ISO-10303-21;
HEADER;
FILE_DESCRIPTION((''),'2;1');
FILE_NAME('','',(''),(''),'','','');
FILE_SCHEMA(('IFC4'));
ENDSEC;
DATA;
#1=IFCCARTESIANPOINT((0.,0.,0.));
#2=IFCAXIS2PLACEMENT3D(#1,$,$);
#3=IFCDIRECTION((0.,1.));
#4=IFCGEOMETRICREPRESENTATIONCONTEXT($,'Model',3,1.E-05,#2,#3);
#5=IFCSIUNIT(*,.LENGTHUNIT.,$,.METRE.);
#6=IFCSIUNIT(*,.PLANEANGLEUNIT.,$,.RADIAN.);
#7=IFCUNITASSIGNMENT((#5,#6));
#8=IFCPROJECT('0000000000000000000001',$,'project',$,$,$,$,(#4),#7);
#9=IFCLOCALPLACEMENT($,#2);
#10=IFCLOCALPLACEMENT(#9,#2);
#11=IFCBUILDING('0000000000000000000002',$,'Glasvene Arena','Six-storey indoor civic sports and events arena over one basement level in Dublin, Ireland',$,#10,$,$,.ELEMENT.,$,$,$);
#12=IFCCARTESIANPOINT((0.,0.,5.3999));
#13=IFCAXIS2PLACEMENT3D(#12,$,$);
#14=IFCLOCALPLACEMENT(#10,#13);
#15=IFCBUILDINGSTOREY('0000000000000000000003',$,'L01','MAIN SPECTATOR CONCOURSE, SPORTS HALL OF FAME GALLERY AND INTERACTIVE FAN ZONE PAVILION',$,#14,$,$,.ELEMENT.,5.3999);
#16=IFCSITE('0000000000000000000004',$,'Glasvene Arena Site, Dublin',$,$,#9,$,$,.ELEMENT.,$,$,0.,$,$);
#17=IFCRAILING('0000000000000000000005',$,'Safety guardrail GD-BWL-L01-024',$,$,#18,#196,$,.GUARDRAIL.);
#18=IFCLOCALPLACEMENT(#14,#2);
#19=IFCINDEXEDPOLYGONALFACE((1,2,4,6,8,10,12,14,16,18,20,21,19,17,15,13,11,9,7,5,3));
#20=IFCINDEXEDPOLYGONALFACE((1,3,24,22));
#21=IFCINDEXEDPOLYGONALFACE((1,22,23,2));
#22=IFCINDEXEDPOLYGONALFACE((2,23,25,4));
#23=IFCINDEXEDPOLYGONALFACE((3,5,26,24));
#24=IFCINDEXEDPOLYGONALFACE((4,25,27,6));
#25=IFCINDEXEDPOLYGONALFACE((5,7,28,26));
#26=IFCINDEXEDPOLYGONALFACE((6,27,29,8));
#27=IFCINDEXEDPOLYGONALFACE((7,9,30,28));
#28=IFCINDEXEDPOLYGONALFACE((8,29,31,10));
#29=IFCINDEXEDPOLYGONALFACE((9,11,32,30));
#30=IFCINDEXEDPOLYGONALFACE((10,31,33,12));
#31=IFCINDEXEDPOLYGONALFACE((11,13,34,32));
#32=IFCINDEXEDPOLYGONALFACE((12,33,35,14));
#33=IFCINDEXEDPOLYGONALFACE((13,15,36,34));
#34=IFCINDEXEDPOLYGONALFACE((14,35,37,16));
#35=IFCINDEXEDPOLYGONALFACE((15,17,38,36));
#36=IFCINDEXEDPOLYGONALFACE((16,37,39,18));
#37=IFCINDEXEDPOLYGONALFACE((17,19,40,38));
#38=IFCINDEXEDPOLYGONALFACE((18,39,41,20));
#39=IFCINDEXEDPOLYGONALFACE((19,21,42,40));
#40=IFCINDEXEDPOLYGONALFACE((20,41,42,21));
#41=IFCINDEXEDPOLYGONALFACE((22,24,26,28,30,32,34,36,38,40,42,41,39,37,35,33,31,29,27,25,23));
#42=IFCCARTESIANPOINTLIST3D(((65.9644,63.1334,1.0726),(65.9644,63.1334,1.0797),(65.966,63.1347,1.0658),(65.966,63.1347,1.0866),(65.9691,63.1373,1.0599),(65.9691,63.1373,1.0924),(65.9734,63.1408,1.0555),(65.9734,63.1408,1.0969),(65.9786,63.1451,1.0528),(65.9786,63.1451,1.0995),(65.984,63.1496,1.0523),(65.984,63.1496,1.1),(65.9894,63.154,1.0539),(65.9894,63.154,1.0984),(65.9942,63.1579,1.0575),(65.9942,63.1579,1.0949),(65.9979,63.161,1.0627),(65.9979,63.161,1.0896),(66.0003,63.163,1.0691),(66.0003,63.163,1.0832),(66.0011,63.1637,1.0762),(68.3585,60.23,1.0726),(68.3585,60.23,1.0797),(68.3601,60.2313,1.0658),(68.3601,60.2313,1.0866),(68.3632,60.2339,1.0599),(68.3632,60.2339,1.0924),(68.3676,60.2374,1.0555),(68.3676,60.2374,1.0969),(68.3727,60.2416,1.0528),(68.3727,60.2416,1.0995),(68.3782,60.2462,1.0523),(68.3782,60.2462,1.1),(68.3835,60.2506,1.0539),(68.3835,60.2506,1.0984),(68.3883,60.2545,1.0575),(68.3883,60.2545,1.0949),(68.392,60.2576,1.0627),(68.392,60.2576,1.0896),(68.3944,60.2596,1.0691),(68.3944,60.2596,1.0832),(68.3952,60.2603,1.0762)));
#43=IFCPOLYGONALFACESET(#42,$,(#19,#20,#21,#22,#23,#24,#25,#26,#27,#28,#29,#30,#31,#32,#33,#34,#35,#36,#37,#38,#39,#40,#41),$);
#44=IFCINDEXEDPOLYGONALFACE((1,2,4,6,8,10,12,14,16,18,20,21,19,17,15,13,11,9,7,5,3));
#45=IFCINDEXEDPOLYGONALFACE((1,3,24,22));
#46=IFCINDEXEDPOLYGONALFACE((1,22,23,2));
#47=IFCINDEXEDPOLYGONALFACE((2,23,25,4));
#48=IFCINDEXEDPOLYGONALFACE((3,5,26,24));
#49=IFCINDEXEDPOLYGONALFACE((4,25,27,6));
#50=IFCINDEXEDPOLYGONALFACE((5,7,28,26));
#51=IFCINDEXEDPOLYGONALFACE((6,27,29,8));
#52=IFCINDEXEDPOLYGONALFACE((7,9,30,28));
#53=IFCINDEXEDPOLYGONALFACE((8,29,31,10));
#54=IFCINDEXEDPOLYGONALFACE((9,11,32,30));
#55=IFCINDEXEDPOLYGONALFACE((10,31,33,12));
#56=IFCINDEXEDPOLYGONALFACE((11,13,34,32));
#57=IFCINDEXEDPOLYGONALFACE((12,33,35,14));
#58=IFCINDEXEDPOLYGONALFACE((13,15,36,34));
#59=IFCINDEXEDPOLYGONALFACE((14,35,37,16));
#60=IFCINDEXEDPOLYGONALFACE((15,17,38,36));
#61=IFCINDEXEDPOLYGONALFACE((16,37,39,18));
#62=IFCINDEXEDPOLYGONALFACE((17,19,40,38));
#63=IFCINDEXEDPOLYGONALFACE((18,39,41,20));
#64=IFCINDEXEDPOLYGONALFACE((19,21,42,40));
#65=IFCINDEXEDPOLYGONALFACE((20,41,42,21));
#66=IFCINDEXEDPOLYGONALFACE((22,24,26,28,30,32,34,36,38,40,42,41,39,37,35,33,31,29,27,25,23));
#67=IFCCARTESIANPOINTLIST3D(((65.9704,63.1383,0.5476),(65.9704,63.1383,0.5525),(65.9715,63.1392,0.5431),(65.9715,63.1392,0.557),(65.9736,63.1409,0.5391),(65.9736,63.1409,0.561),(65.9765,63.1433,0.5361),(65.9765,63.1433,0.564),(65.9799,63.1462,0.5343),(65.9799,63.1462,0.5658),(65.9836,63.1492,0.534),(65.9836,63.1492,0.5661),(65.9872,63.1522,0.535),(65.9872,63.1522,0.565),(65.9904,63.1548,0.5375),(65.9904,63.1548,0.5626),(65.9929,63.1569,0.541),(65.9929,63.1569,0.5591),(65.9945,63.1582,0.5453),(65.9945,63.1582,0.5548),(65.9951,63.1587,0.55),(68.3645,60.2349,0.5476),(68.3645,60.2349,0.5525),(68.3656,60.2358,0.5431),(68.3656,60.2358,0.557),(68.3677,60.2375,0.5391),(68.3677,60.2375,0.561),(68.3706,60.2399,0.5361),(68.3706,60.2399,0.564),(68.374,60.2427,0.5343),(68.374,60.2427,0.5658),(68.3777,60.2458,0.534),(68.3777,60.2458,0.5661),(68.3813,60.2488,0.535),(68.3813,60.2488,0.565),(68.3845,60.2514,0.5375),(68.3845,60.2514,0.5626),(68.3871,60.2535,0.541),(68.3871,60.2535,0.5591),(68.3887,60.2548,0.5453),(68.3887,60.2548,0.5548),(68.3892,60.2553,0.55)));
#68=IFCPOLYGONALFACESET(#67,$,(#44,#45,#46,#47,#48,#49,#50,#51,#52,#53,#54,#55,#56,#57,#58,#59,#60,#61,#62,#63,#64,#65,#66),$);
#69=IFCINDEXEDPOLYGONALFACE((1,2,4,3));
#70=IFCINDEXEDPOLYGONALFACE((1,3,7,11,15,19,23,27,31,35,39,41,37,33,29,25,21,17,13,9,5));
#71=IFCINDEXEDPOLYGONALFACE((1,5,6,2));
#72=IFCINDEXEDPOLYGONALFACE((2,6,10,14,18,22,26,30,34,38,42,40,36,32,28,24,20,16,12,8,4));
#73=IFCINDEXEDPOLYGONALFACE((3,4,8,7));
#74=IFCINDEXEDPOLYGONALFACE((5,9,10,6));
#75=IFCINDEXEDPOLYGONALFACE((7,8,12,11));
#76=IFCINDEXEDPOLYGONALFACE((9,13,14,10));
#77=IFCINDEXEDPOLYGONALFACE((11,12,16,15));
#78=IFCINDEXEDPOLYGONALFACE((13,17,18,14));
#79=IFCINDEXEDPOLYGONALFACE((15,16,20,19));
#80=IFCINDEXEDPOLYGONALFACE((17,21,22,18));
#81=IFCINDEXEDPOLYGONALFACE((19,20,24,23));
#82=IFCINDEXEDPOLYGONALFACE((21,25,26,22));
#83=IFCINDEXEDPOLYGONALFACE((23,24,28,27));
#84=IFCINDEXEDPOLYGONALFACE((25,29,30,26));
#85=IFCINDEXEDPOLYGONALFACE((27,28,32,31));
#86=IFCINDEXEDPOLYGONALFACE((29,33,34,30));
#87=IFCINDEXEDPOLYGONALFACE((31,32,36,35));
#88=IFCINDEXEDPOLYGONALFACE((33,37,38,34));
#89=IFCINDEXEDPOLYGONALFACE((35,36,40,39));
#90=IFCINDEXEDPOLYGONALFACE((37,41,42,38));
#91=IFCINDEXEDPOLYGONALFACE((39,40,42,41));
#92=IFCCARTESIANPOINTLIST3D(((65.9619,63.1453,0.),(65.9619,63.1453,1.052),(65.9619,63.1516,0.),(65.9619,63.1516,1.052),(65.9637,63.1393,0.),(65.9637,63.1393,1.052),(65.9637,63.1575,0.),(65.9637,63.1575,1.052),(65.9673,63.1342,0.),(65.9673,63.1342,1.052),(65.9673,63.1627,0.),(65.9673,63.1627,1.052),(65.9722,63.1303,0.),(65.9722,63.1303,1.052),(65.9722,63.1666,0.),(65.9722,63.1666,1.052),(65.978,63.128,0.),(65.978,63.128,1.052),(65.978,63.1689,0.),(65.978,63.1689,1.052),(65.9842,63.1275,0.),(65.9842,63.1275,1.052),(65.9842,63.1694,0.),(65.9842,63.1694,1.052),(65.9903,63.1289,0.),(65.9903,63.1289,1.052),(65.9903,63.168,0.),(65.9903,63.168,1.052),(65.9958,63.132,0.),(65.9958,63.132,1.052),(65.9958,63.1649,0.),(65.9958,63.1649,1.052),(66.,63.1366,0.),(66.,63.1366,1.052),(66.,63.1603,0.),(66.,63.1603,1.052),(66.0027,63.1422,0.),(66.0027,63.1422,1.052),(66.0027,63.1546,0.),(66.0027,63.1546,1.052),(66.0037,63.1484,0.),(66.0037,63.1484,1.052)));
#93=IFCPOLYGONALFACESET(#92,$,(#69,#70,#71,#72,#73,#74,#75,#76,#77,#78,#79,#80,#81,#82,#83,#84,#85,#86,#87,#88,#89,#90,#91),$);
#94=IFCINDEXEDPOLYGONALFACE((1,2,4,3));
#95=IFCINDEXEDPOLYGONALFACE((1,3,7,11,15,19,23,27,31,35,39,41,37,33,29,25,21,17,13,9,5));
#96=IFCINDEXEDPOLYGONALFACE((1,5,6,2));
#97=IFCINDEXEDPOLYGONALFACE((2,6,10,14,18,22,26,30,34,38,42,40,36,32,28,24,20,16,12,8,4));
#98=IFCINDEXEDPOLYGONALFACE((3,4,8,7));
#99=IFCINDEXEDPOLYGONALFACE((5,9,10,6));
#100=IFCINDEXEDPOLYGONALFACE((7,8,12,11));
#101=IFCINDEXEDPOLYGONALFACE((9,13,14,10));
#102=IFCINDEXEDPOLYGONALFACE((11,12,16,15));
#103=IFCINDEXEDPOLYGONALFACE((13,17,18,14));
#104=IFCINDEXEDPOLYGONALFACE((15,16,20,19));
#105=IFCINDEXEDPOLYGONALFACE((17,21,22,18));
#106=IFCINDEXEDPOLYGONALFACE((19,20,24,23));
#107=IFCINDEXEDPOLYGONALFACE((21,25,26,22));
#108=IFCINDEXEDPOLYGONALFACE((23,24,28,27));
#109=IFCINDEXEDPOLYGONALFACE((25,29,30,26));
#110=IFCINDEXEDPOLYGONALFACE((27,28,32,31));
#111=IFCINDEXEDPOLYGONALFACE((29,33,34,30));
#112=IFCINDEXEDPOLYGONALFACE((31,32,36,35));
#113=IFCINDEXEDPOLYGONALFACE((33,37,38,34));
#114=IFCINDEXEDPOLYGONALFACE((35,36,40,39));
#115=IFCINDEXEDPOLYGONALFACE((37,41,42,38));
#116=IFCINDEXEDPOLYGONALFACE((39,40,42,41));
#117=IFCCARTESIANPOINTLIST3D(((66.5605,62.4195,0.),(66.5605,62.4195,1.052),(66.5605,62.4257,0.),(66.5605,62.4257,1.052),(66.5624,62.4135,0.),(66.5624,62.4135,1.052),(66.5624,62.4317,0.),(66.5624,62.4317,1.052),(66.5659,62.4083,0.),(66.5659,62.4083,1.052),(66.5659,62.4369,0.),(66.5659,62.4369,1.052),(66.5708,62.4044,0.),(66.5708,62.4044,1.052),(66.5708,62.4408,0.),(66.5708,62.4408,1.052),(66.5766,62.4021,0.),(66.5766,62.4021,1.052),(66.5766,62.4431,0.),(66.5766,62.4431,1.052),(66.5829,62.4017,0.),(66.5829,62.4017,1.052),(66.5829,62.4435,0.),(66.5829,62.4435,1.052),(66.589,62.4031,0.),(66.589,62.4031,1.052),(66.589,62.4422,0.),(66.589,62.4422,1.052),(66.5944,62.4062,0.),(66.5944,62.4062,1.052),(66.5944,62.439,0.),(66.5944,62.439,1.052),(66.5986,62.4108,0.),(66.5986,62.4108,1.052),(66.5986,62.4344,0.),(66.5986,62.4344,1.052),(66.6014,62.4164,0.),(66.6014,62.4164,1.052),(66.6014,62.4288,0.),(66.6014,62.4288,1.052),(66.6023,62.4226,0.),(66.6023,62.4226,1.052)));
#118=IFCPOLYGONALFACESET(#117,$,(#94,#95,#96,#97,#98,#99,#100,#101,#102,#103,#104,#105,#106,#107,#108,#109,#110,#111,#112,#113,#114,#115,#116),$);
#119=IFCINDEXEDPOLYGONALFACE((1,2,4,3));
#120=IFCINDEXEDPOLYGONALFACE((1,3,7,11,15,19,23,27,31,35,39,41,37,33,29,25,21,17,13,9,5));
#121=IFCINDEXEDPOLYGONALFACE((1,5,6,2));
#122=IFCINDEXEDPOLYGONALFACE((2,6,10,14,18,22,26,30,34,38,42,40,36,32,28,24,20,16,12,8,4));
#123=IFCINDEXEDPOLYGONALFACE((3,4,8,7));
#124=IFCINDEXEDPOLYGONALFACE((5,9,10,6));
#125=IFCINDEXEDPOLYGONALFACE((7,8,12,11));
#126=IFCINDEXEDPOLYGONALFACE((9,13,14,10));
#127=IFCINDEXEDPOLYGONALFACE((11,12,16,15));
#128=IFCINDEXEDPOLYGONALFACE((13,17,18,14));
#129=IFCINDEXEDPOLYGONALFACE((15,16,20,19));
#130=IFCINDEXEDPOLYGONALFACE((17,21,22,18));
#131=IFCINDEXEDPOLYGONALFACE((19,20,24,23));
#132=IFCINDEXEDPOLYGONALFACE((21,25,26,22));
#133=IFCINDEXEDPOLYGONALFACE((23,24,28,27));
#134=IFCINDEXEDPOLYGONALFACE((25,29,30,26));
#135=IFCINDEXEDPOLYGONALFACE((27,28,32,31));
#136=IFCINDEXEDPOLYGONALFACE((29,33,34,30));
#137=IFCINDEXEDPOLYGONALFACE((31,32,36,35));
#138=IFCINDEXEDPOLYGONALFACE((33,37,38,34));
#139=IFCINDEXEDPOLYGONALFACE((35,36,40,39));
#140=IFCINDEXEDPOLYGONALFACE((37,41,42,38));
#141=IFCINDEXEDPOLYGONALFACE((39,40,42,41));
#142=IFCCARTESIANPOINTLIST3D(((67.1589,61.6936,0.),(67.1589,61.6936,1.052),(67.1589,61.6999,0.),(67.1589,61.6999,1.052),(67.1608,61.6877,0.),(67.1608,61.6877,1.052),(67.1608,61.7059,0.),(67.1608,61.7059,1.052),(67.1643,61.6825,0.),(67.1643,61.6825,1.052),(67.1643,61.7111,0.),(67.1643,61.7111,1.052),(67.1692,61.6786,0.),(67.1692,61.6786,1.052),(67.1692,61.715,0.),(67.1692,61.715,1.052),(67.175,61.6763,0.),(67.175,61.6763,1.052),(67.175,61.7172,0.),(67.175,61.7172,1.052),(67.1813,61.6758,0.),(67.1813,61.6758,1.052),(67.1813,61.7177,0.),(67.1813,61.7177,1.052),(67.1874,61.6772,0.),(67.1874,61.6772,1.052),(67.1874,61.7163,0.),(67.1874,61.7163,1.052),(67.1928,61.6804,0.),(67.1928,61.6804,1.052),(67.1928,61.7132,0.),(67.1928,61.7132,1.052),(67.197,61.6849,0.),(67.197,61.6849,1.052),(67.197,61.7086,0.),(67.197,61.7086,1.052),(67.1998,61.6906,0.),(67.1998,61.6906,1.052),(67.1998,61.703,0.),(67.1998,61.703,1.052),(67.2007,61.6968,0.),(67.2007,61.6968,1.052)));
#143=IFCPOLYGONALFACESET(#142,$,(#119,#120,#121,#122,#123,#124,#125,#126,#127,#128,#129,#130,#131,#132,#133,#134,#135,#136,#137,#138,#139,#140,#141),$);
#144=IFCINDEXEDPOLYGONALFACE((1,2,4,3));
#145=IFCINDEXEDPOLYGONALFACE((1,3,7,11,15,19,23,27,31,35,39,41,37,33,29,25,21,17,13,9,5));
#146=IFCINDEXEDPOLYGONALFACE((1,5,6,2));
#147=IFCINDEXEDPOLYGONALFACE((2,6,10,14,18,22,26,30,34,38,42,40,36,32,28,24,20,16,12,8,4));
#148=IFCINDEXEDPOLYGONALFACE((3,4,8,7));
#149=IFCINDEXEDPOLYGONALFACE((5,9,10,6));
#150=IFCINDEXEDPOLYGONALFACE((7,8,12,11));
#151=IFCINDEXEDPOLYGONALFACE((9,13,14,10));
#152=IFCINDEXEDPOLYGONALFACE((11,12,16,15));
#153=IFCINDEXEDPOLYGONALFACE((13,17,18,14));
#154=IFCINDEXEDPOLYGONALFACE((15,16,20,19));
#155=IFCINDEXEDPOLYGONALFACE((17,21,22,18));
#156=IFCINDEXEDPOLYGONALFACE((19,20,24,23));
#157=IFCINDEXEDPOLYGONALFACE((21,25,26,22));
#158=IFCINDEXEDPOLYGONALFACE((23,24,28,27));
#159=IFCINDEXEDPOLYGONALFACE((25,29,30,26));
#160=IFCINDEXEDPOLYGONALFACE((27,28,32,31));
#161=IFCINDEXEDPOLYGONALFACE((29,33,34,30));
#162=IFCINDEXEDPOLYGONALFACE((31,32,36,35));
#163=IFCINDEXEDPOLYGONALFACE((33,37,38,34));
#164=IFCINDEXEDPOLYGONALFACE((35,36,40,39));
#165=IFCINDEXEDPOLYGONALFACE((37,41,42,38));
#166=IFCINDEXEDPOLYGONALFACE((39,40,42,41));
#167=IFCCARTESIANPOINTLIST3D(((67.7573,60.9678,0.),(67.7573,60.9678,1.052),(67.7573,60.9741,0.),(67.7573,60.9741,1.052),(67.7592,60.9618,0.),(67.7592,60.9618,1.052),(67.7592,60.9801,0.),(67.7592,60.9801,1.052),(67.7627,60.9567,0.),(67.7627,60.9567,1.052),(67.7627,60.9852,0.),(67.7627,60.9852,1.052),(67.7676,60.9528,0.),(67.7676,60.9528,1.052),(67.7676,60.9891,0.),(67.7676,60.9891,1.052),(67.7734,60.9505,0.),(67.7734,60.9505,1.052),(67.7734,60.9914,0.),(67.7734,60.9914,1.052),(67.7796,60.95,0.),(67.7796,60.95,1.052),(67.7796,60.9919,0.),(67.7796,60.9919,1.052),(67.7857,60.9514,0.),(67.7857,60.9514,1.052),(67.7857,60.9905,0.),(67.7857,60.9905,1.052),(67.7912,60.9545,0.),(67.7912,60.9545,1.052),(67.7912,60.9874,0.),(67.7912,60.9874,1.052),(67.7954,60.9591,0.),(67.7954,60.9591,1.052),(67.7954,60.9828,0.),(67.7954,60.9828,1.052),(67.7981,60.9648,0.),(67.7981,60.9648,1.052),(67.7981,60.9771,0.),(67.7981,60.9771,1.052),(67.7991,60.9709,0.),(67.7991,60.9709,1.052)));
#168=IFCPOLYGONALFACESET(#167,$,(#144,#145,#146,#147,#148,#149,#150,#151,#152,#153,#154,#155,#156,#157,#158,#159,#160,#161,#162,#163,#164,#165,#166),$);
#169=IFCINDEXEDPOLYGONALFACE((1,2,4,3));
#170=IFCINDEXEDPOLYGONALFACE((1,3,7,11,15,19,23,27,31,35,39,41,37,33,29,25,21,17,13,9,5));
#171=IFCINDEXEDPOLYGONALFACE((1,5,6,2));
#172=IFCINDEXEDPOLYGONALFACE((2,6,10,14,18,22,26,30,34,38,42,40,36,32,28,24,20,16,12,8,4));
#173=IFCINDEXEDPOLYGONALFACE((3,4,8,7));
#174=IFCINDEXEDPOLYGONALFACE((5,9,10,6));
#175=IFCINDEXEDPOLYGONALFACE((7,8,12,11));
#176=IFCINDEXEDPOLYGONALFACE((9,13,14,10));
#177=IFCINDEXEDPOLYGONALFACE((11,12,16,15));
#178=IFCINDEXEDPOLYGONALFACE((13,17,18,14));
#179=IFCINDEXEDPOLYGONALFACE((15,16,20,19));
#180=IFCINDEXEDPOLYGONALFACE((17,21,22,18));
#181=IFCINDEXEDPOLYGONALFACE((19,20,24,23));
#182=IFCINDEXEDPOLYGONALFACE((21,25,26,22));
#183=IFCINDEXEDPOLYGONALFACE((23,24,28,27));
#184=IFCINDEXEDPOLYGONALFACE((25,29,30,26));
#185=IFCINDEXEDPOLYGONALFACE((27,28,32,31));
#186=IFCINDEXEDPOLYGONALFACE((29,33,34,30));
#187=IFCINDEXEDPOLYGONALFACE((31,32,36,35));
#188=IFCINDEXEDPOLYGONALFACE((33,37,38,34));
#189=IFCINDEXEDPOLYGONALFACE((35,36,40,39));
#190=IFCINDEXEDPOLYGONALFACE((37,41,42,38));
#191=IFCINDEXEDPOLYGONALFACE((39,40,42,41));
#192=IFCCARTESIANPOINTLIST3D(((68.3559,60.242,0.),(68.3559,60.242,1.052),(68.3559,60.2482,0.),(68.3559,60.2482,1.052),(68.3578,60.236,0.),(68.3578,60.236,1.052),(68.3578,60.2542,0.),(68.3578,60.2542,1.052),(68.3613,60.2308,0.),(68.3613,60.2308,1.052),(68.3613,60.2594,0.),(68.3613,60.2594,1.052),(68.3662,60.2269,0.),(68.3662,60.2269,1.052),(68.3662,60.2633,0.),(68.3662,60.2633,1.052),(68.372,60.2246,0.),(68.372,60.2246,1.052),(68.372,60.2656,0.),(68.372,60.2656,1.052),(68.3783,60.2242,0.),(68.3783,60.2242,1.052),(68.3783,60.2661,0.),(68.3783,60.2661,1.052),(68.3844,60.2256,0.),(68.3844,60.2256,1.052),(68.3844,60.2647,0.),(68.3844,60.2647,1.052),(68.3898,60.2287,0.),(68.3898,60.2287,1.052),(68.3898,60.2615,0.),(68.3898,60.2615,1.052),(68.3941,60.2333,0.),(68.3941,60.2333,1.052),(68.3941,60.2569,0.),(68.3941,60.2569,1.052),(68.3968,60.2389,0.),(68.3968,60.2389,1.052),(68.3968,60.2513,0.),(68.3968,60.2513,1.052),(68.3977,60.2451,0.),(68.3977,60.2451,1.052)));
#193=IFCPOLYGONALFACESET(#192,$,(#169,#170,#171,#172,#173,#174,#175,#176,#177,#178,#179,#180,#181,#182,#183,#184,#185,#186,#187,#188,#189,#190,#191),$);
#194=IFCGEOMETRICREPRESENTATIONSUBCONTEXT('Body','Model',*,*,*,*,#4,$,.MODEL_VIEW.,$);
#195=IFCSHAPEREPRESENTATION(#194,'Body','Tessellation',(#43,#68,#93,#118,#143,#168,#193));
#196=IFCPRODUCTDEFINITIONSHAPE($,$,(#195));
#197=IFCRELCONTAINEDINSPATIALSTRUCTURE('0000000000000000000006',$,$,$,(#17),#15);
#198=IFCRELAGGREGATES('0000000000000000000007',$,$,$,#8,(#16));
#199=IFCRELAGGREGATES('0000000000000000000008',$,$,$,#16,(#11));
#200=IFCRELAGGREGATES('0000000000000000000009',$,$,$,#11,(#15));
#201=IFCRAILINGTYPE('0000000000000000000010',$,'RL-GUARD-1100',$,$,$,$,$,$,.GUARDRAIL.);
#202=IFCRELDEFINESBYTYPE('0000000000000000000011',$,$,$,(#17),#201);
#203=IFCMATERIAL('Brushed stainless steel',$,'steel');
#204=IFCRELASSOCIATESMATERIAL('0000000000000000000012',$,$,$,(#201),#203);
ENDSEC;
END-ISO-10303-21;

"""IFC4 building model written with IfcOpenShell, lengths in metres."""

from ifc_helpers import new_model, si_unit, direction, frame, origin, origin_2d, place, context, subcontext, project, spatial, circle, extrude, material, type_object, element, save


model = new_model("IFC4")

# Units and contexts
model_context = context("Model", 3, precision=1e-05, world=origin(), true_north=direction((0.0, 1.0)))
body_context = subcontext(model_context, "Body", "Model", "MODEL_VIEW")
ifc_project = project(units=[si_unit("LENGTHUNIT", "METRE"), si_unit("PLANEANGLEUNIT", "RADIAN")], contexts=[model_context])

# Site, building, storey
site_placement = place(None, origin())
site = spatial("IfcSite", under=ifc_project, at=site_placement, Name="Glasvene Arena Site, Dublin", CompositionType="ELEMENT", RefElevation=0.0)
building_placement = place(site_placement, origin())
building = spatial("IfcBuilding", under=site, at=building_placement, Name="Glasvene Arena", Description="Six-storey indoor civic sports and events arena over one basement level in Dublin, Ireland", CompositionType="ELEMENT")
storey_placement = place(building_placement, frame((0.0, 0.0, 5.3999)))
storey = spatial("IfcBuildingStorey", under=building, at=storey_placement, Name="L01", Description="MAIN SPECTATOR CONCOURSE, SPORTS HALL OF FAME GALLERY AND INTERACTIVE FAN ZONE PAVILION", CompositionType="ELEMENT", Elevation=5.3999)

# Railing
ifc_material_1 = material(Name="Brushed stainless steel", Category="steel")
railing_type = type_object("IfcRailingType", Name="RL-GUARD-1100", PredefinedType="GUARDRAIL", material=ifc_material_1)
railing_1_placement = place(storey_placement, frame((65.9827, 63.1484, 0.0)))
element("IfcRailing", 1, at=railing_1_placement, inside=storey, type_object=railing_type, Name="Safety guardrail GD-BWL-L01-024", PredefinedType="GUARDRAIL", context=body_context, shape_type="SweptSolid", body=[
    extrude(circle(Radius=0.0239, at=origin_2d()), frame((0.0, 0.0, 1.0762), z_axis=(0.636194, -0.771529, 0.0), x_axis=(0.771529, 0.636194, 0.0)), (0.0, 0.0, 1.0), 3.7632),
    extrude(circle(Radius=0.0161, at=origin_2d()), frame((0.0, 0.0, 0.55), z_axis=(0.636194, -0.771529, 0.0), x_axis=(0.771529, 0.636194, 0.0)), (0.0, 0.0, 1.0), 3.7632),
    extrude(circle(Radius=0.021, at=origin_2d()), origin(), (0.0, 0.0, 1.0), 1.052),
    extrude(circle(Radius=0.021, at=origin_2d()), frame((0.5986, -0.7258, 0.0)), (0.0, 0.0, 1.0), 1.052),
    extrude(circle(Radius=0.021, at=origin_2d()), frame((1.197, -1.4517, 0.0)), (0.0, 0.0, 1.0), 1.052),
    extrude(circle(Radius=0.021, at=origin_2d()), frame((1.7954, -2.1775, 0.0)), (0.0, 0.0, 1.0), 1.052),
    extrude(circle(Radius=0.021, at=origin_2d()), frame((2.394, -2.9033, 0.0)), (0.0, 0.0, 1.0), 1.052),
])

save(model, "model.ifc")
